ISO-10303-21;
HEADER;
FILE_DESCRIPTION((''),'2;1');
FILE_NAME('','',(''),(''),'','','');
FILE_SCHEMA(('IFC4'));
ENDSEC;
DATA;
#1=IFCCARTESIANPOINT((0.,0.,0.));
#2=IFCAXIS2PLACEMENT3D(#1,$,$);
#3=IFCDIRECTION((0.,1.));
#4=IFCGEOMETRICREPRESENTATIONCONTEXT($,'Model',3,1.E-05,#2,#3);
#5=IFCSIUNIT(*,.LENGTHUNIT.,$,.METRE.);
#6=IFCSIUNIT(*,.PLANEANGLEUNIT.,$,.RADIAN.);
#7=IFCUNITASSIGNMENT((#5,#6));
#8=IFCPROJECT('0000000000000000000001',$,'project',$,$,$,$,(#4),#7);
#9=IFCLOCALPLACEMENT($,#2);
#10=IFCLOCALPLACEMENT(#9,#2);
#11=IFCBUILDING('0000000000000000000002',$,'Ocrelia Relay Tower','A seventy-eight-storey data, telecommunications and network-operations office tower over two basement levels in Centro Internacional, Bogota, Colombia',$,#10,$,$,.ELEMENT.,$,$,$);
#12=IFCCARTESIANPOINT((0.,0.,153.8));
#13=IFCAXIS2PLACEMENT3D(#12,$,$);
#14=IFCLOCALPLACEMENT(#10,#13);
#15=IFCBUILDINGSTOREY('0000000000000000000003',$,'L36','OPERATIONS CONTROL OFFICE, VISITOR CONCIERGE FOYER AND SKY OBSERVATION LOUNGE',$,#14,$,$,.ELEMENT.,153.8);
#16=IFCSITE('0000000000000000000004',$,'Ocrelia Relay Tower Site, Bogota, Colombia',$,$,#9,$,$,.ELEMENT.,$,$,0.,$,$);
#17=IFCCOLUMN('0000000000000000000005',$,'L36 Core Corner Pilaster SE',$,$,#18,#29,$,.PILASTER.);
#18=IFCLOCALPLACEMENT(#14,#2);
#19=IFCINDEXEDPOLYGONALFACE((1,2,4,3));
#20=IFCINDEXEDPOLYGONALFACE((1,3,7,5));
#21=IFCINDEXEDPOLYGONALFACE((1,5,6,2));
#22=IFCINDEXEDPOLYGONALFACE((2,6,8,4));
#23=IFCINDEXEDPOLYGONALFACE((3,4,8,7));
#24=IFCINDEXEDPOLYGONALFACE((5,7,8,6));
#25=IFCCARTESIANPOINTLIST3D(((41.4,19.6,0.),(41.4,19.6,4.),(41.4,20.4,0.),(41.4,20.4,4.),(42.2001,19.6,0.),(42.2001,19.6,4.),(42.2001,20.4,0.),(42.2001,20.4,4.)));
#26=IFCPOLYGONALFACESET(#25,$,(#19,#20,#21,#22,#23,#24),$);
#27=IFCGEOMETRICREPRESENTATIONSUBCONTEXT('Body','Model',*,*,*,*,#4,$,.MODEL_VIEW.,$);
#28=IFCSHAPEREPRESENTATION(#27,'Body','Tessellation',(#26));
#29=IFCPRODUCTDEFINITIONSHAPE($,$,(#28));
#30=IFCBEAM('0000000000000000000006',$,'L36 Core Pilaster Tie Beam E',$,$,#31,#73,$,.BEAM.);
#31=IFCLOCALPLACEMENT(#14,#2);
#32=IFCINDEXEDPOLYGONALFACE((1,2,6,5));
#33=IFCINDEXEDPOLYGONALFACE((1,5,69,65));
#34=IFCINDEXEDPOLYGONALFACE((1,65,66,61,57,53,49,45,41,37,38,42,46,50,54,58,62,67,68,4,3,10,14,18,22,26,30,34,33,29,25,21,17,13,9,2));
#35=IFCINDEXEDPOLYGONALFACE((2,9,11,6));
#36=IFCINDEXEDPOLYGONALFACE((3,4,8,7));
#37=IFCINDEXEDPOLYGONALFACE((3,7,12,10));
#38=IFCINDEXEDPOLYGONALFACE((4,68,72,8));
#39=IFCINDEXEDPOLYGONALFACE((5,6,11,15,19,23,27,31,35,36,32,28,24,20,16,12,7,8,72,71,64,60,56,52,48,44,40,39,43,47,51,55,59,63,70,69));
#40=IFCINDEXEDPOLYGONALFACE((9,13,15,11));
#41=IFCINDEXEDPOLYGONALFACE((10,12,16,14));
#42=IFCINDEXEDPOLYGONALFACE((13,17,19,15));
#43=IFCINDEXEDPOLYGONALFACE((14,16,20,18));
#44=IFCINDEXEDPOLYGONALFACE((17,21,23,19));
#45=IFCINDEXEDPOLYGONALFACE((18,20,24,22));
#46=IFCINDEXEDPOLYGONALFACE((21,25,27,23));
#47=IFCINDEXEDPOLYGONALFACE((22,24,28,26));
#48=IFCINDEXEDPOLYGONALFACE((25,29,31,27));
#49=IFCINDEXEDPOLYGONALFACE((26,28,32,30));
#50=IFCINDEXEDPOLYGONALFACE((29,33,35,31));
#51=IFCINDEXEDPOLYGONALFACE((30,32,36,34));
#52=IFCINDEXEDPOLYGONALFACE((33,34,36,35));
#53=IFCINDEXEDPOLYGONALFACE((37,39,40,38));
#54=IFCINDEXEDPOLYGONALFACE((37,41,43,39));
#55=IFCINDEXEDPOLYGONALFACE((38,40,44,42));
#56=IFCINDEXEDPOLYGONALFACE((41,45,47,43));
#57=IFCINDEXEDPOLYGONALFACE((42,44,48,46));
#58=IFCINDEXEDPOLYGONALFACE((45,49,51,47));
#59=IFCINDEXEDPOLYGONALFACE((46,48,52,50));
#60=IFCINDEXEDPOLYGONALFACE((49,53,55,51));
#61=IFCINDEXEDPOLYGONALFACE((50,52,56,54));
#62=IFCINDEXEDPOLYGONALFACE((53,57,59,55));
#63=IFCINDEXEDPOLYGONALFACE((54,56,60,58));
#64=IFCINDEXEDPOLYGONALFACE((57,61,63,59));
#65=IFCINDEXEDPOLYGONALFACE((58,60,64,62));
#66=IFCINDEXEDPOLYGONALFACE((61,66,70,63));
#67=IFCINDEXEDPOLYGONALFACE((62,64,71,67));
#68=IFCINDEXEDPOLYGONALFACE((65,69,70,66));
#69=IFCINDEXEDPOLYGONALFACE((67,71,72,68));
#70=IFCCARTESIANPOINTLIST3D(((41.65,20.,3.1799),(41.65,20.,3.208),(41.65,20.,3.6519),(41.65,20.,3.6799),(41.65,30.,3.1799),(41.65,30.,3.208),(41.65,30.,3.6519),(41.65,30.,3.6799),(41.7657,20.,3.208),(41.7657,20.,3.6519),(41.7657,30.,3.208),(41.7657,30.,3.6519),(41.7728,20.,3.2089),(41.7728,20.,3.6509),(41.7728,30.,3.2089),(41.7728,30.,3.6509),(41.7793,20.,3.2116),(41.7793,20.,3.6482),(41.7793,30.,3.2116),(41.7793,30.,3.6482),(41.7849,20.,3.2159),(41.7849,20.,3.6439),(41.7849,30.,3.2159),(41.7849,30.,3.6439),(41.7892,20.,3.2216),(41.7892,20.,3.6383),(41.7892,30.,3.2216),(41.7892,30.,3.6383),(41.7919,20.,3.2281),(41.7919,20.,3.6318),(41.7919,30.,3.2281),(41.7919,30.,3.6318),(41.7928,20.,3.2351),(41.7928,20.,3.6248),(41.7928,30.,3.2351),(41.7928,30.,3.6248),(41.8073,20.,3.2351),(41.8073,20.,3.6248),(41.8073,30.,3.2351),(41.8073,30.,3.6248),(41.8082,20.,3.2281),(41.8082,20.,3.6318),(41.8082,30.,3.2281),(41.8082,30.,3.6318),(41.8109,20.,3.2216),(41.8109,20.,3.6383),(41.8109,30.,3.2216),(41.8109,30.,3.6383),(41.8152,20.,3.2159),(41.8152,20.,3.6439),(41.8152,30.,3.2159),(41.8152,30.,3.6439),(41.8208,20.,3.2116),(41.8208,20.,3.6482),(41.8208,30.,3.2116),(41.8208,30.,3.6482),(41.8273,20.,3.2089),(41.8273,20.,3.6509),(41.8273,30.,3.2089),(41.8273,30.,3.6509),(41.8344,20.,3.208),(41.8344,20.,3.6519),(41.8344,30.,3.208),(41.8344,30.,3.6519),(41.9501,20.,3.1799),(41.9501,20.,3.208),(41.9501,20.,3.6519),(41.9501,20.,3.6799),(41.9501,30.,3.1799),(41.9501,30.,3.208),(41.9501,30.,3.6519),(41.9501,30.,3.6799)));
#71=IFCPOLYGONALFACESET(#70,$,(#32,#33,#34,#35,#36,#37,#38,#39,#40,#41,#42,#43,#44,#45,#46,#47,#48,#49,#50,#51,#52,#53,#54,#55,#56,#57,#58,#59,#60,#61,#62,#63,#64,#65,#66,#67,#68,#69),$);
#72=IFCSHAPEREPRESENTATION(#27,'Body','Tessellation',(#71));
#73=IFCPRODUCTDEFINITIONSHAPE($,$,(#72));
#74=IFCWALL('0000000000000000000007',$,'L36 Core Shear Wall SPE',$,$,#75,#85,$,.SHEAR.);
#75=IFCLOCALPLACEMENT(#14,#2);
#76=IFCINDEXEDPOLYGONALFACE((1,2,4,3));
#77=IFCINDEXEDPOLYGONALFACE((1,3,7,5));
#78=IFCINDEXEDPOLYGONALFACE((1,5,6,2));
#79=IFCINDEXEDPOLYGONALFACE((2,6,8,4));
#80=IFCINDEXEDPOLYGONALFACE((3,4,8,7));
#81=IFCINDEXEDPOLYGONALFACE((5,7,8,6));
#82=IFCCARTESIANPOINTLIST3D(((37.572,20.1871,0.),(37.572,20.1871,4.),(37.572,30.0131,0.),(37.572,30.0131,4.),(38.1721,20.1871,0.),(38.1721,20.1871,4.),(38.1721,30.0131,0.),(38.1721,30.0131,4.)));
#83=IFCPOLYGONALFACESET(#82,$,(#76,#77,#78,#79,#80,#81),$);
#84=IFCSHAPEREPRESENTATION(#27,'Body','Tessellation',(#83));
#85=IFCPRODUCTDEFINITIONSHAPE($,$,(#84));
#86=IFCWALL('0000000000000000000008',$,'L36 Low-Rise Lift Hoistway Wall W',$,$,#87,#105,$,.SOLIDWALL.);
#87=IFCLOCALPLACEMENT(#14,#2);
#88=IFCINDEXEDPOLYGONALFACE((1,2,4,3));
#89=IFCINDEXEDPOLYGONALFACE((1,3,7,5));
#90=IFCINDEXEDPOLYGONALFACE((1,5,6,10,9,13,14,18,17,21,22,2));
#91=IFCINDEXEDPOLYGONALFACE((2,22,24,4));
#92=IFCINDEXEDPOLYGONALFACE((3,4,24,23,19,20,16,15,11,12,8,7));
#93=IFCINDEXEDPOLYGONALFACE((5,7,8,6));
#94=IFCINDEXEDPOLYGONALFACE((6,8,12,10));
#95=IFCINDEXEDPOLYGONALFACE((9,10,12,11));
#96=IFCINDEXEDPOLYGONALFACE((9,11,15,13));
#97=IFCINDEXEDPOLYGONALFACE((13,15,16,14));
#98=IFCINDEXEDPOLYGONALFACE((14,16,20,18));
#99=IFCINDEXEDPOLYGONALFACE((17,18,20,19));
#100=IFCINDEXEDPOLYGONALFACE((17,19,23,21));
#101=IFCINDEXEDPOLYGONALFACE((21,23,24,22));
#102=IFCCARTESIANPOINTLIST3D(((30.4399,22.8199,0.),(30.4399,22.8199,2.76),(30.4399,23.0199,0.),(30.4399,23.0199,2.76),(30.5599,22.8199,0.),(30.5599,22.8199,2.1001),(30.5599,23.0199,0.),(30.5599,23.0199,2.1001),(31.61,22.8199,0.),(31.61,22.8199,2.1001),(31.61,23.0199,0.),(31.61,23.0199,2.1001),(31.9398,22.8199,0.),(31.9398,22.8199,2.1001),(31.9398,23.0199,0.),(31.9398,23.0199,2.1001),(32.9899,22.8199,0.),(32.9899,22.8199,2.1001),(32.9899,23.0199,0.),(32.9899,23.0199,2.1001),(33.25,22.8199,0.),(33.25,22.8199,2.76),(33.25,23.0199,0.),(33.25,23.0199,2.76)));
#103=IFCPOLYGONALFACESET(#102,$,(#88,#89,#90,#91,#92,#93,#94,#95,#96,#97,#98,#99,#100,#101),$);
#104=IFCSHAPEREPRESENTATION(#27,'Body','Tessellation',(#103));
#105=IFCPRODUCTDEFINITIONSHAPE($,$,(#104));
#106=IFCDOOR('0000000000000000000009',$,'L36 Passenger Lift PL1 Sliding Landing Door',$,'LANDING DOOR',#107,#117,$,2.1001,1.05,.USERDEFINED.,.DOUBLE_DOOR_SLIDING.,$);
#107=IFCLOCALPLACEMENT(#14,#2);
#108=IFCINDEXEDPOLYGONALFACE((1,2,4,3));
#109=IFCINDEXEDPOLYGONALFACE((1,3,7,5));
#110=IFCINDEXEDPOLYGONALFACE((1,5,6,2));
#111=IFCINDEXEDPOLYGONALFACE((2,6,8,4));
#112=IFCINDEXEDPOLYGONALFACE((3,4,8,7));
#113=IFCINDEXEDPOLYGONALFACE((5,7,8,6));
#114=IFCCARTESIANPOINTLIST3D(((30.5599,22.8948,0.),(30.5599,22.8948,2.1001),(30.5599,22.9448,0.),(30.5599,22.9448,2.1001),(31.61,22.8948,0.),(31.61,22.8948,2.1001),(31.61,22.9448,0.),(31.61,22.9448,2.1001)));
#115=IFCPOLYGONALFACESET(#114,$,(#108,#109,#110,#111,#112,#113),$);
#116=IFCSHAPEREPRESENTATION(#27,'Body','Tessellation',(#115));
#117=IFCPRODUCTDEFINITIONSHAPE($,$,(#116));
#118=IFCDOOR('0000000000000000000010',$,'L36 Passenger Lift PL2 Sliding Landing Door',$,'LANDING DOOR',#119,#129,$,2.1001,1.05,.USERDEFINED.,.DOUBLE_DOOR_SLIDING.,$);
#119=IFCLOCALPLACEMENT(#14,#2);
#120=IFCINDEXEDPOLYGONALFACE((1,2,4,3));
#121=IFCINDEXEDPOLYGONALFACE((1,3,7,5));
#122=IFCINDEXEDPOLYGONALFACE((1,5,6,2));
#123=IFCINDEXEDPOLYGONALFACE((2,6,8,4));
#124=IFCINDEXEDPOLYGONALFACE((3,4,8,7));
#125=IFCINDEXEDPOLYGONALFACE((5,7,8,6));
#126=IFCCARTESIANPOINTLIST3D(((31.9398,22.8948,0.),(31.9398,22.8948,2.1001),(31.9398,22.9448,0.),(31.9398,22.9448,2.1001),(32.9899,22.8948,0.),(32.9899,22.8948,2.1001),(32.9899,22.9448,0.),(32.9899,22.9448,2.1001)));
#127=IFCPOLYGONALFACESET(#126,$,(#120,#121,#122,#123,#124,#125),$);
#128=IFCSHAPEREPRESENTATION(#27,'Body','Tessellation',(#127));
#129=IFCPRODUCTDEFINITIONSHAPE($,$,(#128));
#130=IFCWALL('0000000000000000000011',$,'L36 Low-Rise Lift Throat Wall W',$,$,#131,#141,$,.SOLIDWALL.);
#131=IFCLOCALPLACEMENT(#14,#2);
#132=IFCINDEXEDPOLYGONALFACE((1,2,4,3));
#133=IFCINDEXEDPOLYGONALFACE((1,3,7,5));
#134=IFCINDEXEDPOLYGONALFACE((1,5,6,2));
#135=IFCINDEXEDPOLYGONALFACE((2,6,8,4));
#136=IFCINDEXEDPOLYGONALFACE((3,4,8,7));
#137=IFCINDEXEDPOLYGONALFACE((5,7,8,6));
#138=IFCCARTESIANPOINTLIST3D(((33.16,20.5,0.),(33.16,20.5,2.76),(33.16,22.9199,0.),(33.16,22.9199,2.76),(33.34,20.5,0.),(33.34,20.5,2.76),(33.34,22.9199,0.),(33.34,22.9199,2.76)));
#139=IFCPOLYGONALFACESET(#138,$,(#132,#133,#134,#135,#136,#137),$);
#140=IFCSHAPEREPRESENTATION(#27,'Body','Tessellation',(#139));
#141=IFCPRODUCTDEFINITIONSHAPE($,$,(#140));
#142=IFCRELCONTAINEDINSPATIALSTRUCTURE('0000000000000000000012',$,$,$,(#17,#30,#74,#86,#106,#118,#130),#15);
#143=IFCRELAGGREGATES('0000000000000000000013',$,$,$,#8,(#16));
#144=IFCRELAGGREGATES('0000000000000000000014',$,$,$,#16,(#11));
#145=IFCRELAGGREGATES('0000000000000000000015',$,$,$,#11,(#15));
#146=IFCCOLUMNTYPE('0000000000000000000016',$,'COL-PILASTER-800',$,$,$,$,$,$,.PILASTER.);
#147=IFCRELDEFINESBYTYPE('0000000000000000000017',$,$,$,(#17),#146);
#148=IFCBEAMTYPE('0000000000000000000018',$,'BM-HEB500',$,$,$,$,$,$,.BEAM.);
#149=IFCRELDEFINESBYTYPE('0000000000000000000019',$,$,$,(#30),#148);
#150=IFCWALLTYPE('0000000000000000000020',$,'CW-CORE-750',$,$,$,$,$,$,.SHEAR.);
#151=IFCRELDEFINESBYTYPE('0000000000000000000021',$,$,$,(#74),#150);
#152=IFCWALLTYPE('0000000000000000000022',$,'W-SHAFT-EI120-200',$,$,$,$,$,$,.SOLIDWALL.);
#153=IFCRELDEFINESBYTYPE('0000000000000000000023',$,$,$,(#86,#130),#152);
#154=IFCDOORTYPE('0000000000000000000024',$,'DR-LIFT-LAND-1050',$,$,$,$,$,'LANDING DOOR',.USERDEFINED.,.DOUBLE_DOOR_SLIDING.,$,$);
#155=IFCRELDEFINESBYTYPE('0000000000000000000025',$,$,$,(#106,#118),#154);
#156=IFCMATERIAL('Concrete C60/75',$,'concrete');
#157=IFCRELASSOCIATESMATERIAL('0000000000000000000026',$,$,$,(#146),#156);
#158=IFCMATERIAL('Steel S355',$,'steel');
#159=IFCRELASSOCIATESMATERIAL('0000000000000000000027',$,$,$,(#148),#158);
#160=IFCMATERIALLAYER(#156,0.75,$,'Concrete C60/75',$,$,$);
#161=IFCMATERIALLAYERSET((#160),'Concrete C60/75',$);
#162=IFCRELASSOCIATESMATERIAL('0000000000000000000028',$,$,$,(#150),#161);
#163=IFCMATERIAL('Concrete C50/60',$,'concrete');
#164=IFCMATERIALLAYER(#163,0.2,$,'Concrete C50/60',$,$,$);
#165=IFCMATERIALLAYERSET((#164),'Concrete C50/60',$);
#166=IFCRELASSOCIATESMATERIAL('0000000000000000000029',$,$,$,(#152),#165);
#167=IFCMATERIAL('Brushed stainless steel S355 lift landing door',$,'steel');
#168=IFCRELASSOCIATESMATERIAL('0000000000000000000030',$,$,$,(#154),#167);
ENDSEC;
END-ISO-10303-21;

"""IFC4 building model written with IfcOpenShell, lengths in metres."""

from ifc_helpers import new_model, si_unit, direction, frame, frame_2d, origin, origin_2d, place, context, subcontext, project, spatial, rectangle, i_section, extrude, material, layer, layer_set, material_profile, profile_set, type_object, element, fill, save


model = new_model("IFC4")

# Units and contexts
model_context = context("Model", 3, precision=1e-05, world=origin(), true_north=direction((0.0, 1.0)))
body_context = subcontext(model_context, "Body", "Model", "MODEL_VIEW")
ifc_project = project(units=[si_unit("LENGTHUNIT", "METRE"), si_unit("PLANEANGLEUNIT", "RADIAN")], contexts=[model_context])

# Site, building, storey
site_placement = place(None, origin())
site = spatial("IfcSite", under=ifc_project, at=site_placement, Name="Ocrelia Relay Tower Site, Bogota, Colombia", CompositionType="ELEMENT", RefElevation=0.0)
building_placement = place(site_placement, origin())
building = spatial("IfcBuilding", under=site, at=building_placement, Name="Ocrelia Relay Tower", Description="A seventy-eight-storey data, telecommunications and network-operations office tower over two basement levels in Centro Internacional, Bogota, Colombia", CompositionType="ELEMENT")
storey_placement = place(building_placement, frame((0.0, 0.0, 153.8)))
storey = spatial("IfcBuildingStorey", under=building, at=storey_placement, Name="L36", Description="OPERATIONS CONTROL OFFICE, VISITOR CONCIERGE FOYER AND SKY OBSERVATION LOUNGE", CompositionType="ELEMENT", Elevation=153.8)

# Column
ifc_material_1 = material(Name="Concrete C60/75", Category="concrete")
ifc_material_profile_1 = material_profile(ifc_material_1, rectangle(XDim=0.8, YDim=0.8, at=origin_2d()), Name="RC-COL-800x800")
ifc_profile_set_1 = profile_set([ifc_material_profile_1], Name="Concrete C60/75")
column_type = type_object("IfcColumnType", Name="COL-PILASTER-800", PredefinedType="PILASTER", material=ifc_profile_set_1)
column_placement = place(storey_placement, frame((41.8, 20.0, 0.0), z_axis=(0.0, 0.0, 1.0), x_axis=(1.0, 0.0, 0.0)))
element("IfcColumn", 1, at=column_placement, inside=storey, type_object=column_type, Name="L36 Core Corner Pilaster SE", PredefinedType="PILASTER", context=body_context, shape_type="SweptSolid", body=[
    extrude(rectangle(XDim=0.8, YDim=0.8, at=origin_2d()), origin(), (0.0, 0.0, 1.0), 4.0),
])

# Beam
ifc_material_2 = material(Name="Steel S355", Category="steel")
ifc_material_profile_2 = material_profile(ifc_material_2, i_section(OverallWidth=0.3, OverallDepth=0.5, WebThickness=0.0144, FlangeThickness=0.0281, FilletRadius=0.0271, at=origin_2d()), Name="HEB 500")
ifc_profile_set_2 = profile_set([ifc_material_profile_2], Name="Steel S355")
beam_type = type_object("IfcBeamType", Name="BM-HEB500", PredefinedType="BEAM", material=ifc_profile_set_2)
beam_placement = place(storey_placement, frame((41.8, 20.0, 3.4299), z_axis=(0.0, 1.0, 0.0), x_axis=(-1.0, 0.0, 0.0)))
element("IfcBeam", 2, at=beam_placement, inside=storey, type_object=beam_type, Name="L36 Core Pilaster Tie Beam E", PredefinedType="BEAM", context=body_context, shape_type="SweptSolid", body=[
    extrude(i_section(OverallWidth=0.3, OverallDepth=0.5, WebThickness=0.0144, FlangeThickness=0.0281, FilletRadius=0.0271, at=origin_2d()), origin(), (0.0, 0.0, 1.0), 10.0),
])

# Wall
ifc_layer_1 = layer(ifc_material_1, 0.75, Name="Concrete C60/75")
ifc_layer_set_1 = layer_set([ifc_layer_1], Name="Concrete C60/75")
wall_type_1 = type_object("IfcWallType", Name="CW-CORE-750", PredefinedType="SHEAR", material=ifc_layer_set_1)
wall_1_placement = place(storey_placement, frame((37.8721, 20.187, 0.0), z_axis=(0.0, 0.0, 1.0), x_axis=(0.0, 1.0, 0.0)))
element("IfcWall", 3, at=wall_1_placement, inside=storey, type_object=wall_type_1, Name="L36 Core Shear Wall SPE", PredefinedType="SHEAR", context=body_context, shape_type="SweptSolid", body=[
    extrude(rectangle(XDim=9.8259, YDim=0.6001, at=frame_2d((4.9131, 0.0))), origin(), (0.0, 0.0, 1.0), 4.0),
])

# Wall, openings, doors
ifc_material_3 = material(Name="Concrete C50/60", Category="concrete")
ifc_layer_2 = layer(ifc_material_3, 0.2, Name="Concrete C50/60")
ifc_layer_set_2 = layer_set([ifc_layer_2], Name="Concrete C50/60")
wall_type_2 = type_object("IfcWallType", Name="W-SHAFT-EI120-200", PredefinedType="SOLIDWALL", material=ifc_layer_set_2)
wall_2_placement = place(storey_placement, frame((30.4399, 22.9199, 0.0), z_axis=(0.0, 0.0, 1.0), x_axis=(1.0, 0.0, 0.0)))
wall_2 = element("IfcWall", 4, at=wall_2_placement, inside=storey, type_object=wall_type_2, Name="L36 Low-Rise Lift Hoistway Wall W", PredefinedType="SOLIDWALL", context=body_context, shape_type="SweptSolid", body=[
    extrude(rectangle(XDim=2.8101, YDim=0.2, at=frame_2d((1.405, 0.0))), origin(), (0.0, 0.0, 1.0), 2.76),
])
opening_1_placement = place(wall_2_placement, frame((0.1201, 0.0, 0.0)))
opening_1 = element("IfcOpeningElement", 5, at=opening_1_placement, cuts=wall_2, PredefinedType="OPENING", context=body_context, shape_type="SweptSolid", body=[
    extrude(rectangle(XDim=1.05, YDim=2.1001, at=frame_2d((0.5249, 1.05))), frame((0.0, 0.1099, 0.0), z_axis=(0.0, -1.0, 0.0), x_axis=(1.0, 0.0, 0.0)), (0.0, 0.0, 1.0), 0.22),
])
opening_2_placement = place(wall_2_placement, frame((1.5, 0.0, 0.0)))
opening_2 = element("IfcOpeningElement", 6, at=opening_2_placement, cuts=wall_2, PredefinedType="OPENING", context=body_context, shape_type="SweptSolid", body=[
    extrude(rectangle(XDim=1.05, YDim=2.1001, at=frame_2d((0.5249, 1.05))), frame((0.0, 0.1099, 0.0), z_axis=(0.0, -1.0, 0.0), x_axis=(1.0, 0.0, 0.0)), (0.0, 0.0, 1.0), 0.22),
])
ifc_material_4 = material(Name="Brushed stainless steel S355 lift landing door", Category="steel")
door_type = type_object("IfcDoorType", Name="DR-LIFT-LAND-1050", ElementType="LANDING DOOR", OperationType="DOUBLE_DOOR_SLIDING", PredefinedType="USERDEFINED", material=ifc_material_4)
door_1_placement = place(opening_1_placement, origin())
door_1 = element("IfcDoor", 7, at=door_1_placement, inside=storey, type_object=door_type, Name="L36 Passenger Lift PL1 Sliding Landing Door", ObjectType="LANDING DOOR", OperationType="DOUBLE_DOOR_SLIDING", OverallHeight=2.1001, OverallWidth=1.05, PredefinedType="USERDEFINED", context=body_context, shape_type="SweptSolid", body=[
    extrude(rectangle(XDim=1.05, YDim=2.1001, at=frame_2d((0.5249, 1.05))), frame((0.0, 0.0249, 0.0), z_axis=(0.0, -1.0, 0.0), x_axis=(1.0, 0.0, 0.0)), (0.0, 0.0, 1.0), 0.05),
])
fill(opening_1, door_1)
door_2_placement = place(opening_2_placement, origin())
door_2 = element("IfcDoor", 8, at=door_2_placement, inside=storey, type_object=door_type, Name="L36 Passenger Lift PL2 Sliding Landing Door", ObjectType="LANDING DOOR", OperationType="DOUBLE_DOOR_SLIDING", OverallHeight=2.1001, OverallWidth=1.05, PredefinedType="USERDEFINED", context=body_context, shape_type="SweptSolid", body=[
    extrude(rectangle(XDim=1.05, YDim=2.1001, at=frame_2d((0.5249, 1.05))), frame((0.0, 0.0249, 0.0), z_axis=(0.0, -1.0, 0.0), x_axis=(1.0, 0.0, 0.0)), (0.0, 0.0, 1.0), 0.05),
])
fill(opening_2, door_2)

# Wall
wall_3_placement = place(storey_placement, frame((33.25, 20.5, 0.0), z_axis=(0.0, 0.0, 1.0), x_axis=(0.0, 1.0, 0.0)))
element("IfcWall", 9, at=wall_3_placement, inside=storey, type_object=wall_type_2, Name="L36 Low-Rise Lift Throat Wall W", PredefinedType="SOLIDWALL", context=body_context, shape_type="SweptSolid", body=[
    extrude(rectangle(XDim=2.4199, YDim=0.1799, at=frame_2d((1.21, 0.0))), origin(), (0.0, 0.0, 1.0), 2.76),
])

save(model, "model.ifc")
